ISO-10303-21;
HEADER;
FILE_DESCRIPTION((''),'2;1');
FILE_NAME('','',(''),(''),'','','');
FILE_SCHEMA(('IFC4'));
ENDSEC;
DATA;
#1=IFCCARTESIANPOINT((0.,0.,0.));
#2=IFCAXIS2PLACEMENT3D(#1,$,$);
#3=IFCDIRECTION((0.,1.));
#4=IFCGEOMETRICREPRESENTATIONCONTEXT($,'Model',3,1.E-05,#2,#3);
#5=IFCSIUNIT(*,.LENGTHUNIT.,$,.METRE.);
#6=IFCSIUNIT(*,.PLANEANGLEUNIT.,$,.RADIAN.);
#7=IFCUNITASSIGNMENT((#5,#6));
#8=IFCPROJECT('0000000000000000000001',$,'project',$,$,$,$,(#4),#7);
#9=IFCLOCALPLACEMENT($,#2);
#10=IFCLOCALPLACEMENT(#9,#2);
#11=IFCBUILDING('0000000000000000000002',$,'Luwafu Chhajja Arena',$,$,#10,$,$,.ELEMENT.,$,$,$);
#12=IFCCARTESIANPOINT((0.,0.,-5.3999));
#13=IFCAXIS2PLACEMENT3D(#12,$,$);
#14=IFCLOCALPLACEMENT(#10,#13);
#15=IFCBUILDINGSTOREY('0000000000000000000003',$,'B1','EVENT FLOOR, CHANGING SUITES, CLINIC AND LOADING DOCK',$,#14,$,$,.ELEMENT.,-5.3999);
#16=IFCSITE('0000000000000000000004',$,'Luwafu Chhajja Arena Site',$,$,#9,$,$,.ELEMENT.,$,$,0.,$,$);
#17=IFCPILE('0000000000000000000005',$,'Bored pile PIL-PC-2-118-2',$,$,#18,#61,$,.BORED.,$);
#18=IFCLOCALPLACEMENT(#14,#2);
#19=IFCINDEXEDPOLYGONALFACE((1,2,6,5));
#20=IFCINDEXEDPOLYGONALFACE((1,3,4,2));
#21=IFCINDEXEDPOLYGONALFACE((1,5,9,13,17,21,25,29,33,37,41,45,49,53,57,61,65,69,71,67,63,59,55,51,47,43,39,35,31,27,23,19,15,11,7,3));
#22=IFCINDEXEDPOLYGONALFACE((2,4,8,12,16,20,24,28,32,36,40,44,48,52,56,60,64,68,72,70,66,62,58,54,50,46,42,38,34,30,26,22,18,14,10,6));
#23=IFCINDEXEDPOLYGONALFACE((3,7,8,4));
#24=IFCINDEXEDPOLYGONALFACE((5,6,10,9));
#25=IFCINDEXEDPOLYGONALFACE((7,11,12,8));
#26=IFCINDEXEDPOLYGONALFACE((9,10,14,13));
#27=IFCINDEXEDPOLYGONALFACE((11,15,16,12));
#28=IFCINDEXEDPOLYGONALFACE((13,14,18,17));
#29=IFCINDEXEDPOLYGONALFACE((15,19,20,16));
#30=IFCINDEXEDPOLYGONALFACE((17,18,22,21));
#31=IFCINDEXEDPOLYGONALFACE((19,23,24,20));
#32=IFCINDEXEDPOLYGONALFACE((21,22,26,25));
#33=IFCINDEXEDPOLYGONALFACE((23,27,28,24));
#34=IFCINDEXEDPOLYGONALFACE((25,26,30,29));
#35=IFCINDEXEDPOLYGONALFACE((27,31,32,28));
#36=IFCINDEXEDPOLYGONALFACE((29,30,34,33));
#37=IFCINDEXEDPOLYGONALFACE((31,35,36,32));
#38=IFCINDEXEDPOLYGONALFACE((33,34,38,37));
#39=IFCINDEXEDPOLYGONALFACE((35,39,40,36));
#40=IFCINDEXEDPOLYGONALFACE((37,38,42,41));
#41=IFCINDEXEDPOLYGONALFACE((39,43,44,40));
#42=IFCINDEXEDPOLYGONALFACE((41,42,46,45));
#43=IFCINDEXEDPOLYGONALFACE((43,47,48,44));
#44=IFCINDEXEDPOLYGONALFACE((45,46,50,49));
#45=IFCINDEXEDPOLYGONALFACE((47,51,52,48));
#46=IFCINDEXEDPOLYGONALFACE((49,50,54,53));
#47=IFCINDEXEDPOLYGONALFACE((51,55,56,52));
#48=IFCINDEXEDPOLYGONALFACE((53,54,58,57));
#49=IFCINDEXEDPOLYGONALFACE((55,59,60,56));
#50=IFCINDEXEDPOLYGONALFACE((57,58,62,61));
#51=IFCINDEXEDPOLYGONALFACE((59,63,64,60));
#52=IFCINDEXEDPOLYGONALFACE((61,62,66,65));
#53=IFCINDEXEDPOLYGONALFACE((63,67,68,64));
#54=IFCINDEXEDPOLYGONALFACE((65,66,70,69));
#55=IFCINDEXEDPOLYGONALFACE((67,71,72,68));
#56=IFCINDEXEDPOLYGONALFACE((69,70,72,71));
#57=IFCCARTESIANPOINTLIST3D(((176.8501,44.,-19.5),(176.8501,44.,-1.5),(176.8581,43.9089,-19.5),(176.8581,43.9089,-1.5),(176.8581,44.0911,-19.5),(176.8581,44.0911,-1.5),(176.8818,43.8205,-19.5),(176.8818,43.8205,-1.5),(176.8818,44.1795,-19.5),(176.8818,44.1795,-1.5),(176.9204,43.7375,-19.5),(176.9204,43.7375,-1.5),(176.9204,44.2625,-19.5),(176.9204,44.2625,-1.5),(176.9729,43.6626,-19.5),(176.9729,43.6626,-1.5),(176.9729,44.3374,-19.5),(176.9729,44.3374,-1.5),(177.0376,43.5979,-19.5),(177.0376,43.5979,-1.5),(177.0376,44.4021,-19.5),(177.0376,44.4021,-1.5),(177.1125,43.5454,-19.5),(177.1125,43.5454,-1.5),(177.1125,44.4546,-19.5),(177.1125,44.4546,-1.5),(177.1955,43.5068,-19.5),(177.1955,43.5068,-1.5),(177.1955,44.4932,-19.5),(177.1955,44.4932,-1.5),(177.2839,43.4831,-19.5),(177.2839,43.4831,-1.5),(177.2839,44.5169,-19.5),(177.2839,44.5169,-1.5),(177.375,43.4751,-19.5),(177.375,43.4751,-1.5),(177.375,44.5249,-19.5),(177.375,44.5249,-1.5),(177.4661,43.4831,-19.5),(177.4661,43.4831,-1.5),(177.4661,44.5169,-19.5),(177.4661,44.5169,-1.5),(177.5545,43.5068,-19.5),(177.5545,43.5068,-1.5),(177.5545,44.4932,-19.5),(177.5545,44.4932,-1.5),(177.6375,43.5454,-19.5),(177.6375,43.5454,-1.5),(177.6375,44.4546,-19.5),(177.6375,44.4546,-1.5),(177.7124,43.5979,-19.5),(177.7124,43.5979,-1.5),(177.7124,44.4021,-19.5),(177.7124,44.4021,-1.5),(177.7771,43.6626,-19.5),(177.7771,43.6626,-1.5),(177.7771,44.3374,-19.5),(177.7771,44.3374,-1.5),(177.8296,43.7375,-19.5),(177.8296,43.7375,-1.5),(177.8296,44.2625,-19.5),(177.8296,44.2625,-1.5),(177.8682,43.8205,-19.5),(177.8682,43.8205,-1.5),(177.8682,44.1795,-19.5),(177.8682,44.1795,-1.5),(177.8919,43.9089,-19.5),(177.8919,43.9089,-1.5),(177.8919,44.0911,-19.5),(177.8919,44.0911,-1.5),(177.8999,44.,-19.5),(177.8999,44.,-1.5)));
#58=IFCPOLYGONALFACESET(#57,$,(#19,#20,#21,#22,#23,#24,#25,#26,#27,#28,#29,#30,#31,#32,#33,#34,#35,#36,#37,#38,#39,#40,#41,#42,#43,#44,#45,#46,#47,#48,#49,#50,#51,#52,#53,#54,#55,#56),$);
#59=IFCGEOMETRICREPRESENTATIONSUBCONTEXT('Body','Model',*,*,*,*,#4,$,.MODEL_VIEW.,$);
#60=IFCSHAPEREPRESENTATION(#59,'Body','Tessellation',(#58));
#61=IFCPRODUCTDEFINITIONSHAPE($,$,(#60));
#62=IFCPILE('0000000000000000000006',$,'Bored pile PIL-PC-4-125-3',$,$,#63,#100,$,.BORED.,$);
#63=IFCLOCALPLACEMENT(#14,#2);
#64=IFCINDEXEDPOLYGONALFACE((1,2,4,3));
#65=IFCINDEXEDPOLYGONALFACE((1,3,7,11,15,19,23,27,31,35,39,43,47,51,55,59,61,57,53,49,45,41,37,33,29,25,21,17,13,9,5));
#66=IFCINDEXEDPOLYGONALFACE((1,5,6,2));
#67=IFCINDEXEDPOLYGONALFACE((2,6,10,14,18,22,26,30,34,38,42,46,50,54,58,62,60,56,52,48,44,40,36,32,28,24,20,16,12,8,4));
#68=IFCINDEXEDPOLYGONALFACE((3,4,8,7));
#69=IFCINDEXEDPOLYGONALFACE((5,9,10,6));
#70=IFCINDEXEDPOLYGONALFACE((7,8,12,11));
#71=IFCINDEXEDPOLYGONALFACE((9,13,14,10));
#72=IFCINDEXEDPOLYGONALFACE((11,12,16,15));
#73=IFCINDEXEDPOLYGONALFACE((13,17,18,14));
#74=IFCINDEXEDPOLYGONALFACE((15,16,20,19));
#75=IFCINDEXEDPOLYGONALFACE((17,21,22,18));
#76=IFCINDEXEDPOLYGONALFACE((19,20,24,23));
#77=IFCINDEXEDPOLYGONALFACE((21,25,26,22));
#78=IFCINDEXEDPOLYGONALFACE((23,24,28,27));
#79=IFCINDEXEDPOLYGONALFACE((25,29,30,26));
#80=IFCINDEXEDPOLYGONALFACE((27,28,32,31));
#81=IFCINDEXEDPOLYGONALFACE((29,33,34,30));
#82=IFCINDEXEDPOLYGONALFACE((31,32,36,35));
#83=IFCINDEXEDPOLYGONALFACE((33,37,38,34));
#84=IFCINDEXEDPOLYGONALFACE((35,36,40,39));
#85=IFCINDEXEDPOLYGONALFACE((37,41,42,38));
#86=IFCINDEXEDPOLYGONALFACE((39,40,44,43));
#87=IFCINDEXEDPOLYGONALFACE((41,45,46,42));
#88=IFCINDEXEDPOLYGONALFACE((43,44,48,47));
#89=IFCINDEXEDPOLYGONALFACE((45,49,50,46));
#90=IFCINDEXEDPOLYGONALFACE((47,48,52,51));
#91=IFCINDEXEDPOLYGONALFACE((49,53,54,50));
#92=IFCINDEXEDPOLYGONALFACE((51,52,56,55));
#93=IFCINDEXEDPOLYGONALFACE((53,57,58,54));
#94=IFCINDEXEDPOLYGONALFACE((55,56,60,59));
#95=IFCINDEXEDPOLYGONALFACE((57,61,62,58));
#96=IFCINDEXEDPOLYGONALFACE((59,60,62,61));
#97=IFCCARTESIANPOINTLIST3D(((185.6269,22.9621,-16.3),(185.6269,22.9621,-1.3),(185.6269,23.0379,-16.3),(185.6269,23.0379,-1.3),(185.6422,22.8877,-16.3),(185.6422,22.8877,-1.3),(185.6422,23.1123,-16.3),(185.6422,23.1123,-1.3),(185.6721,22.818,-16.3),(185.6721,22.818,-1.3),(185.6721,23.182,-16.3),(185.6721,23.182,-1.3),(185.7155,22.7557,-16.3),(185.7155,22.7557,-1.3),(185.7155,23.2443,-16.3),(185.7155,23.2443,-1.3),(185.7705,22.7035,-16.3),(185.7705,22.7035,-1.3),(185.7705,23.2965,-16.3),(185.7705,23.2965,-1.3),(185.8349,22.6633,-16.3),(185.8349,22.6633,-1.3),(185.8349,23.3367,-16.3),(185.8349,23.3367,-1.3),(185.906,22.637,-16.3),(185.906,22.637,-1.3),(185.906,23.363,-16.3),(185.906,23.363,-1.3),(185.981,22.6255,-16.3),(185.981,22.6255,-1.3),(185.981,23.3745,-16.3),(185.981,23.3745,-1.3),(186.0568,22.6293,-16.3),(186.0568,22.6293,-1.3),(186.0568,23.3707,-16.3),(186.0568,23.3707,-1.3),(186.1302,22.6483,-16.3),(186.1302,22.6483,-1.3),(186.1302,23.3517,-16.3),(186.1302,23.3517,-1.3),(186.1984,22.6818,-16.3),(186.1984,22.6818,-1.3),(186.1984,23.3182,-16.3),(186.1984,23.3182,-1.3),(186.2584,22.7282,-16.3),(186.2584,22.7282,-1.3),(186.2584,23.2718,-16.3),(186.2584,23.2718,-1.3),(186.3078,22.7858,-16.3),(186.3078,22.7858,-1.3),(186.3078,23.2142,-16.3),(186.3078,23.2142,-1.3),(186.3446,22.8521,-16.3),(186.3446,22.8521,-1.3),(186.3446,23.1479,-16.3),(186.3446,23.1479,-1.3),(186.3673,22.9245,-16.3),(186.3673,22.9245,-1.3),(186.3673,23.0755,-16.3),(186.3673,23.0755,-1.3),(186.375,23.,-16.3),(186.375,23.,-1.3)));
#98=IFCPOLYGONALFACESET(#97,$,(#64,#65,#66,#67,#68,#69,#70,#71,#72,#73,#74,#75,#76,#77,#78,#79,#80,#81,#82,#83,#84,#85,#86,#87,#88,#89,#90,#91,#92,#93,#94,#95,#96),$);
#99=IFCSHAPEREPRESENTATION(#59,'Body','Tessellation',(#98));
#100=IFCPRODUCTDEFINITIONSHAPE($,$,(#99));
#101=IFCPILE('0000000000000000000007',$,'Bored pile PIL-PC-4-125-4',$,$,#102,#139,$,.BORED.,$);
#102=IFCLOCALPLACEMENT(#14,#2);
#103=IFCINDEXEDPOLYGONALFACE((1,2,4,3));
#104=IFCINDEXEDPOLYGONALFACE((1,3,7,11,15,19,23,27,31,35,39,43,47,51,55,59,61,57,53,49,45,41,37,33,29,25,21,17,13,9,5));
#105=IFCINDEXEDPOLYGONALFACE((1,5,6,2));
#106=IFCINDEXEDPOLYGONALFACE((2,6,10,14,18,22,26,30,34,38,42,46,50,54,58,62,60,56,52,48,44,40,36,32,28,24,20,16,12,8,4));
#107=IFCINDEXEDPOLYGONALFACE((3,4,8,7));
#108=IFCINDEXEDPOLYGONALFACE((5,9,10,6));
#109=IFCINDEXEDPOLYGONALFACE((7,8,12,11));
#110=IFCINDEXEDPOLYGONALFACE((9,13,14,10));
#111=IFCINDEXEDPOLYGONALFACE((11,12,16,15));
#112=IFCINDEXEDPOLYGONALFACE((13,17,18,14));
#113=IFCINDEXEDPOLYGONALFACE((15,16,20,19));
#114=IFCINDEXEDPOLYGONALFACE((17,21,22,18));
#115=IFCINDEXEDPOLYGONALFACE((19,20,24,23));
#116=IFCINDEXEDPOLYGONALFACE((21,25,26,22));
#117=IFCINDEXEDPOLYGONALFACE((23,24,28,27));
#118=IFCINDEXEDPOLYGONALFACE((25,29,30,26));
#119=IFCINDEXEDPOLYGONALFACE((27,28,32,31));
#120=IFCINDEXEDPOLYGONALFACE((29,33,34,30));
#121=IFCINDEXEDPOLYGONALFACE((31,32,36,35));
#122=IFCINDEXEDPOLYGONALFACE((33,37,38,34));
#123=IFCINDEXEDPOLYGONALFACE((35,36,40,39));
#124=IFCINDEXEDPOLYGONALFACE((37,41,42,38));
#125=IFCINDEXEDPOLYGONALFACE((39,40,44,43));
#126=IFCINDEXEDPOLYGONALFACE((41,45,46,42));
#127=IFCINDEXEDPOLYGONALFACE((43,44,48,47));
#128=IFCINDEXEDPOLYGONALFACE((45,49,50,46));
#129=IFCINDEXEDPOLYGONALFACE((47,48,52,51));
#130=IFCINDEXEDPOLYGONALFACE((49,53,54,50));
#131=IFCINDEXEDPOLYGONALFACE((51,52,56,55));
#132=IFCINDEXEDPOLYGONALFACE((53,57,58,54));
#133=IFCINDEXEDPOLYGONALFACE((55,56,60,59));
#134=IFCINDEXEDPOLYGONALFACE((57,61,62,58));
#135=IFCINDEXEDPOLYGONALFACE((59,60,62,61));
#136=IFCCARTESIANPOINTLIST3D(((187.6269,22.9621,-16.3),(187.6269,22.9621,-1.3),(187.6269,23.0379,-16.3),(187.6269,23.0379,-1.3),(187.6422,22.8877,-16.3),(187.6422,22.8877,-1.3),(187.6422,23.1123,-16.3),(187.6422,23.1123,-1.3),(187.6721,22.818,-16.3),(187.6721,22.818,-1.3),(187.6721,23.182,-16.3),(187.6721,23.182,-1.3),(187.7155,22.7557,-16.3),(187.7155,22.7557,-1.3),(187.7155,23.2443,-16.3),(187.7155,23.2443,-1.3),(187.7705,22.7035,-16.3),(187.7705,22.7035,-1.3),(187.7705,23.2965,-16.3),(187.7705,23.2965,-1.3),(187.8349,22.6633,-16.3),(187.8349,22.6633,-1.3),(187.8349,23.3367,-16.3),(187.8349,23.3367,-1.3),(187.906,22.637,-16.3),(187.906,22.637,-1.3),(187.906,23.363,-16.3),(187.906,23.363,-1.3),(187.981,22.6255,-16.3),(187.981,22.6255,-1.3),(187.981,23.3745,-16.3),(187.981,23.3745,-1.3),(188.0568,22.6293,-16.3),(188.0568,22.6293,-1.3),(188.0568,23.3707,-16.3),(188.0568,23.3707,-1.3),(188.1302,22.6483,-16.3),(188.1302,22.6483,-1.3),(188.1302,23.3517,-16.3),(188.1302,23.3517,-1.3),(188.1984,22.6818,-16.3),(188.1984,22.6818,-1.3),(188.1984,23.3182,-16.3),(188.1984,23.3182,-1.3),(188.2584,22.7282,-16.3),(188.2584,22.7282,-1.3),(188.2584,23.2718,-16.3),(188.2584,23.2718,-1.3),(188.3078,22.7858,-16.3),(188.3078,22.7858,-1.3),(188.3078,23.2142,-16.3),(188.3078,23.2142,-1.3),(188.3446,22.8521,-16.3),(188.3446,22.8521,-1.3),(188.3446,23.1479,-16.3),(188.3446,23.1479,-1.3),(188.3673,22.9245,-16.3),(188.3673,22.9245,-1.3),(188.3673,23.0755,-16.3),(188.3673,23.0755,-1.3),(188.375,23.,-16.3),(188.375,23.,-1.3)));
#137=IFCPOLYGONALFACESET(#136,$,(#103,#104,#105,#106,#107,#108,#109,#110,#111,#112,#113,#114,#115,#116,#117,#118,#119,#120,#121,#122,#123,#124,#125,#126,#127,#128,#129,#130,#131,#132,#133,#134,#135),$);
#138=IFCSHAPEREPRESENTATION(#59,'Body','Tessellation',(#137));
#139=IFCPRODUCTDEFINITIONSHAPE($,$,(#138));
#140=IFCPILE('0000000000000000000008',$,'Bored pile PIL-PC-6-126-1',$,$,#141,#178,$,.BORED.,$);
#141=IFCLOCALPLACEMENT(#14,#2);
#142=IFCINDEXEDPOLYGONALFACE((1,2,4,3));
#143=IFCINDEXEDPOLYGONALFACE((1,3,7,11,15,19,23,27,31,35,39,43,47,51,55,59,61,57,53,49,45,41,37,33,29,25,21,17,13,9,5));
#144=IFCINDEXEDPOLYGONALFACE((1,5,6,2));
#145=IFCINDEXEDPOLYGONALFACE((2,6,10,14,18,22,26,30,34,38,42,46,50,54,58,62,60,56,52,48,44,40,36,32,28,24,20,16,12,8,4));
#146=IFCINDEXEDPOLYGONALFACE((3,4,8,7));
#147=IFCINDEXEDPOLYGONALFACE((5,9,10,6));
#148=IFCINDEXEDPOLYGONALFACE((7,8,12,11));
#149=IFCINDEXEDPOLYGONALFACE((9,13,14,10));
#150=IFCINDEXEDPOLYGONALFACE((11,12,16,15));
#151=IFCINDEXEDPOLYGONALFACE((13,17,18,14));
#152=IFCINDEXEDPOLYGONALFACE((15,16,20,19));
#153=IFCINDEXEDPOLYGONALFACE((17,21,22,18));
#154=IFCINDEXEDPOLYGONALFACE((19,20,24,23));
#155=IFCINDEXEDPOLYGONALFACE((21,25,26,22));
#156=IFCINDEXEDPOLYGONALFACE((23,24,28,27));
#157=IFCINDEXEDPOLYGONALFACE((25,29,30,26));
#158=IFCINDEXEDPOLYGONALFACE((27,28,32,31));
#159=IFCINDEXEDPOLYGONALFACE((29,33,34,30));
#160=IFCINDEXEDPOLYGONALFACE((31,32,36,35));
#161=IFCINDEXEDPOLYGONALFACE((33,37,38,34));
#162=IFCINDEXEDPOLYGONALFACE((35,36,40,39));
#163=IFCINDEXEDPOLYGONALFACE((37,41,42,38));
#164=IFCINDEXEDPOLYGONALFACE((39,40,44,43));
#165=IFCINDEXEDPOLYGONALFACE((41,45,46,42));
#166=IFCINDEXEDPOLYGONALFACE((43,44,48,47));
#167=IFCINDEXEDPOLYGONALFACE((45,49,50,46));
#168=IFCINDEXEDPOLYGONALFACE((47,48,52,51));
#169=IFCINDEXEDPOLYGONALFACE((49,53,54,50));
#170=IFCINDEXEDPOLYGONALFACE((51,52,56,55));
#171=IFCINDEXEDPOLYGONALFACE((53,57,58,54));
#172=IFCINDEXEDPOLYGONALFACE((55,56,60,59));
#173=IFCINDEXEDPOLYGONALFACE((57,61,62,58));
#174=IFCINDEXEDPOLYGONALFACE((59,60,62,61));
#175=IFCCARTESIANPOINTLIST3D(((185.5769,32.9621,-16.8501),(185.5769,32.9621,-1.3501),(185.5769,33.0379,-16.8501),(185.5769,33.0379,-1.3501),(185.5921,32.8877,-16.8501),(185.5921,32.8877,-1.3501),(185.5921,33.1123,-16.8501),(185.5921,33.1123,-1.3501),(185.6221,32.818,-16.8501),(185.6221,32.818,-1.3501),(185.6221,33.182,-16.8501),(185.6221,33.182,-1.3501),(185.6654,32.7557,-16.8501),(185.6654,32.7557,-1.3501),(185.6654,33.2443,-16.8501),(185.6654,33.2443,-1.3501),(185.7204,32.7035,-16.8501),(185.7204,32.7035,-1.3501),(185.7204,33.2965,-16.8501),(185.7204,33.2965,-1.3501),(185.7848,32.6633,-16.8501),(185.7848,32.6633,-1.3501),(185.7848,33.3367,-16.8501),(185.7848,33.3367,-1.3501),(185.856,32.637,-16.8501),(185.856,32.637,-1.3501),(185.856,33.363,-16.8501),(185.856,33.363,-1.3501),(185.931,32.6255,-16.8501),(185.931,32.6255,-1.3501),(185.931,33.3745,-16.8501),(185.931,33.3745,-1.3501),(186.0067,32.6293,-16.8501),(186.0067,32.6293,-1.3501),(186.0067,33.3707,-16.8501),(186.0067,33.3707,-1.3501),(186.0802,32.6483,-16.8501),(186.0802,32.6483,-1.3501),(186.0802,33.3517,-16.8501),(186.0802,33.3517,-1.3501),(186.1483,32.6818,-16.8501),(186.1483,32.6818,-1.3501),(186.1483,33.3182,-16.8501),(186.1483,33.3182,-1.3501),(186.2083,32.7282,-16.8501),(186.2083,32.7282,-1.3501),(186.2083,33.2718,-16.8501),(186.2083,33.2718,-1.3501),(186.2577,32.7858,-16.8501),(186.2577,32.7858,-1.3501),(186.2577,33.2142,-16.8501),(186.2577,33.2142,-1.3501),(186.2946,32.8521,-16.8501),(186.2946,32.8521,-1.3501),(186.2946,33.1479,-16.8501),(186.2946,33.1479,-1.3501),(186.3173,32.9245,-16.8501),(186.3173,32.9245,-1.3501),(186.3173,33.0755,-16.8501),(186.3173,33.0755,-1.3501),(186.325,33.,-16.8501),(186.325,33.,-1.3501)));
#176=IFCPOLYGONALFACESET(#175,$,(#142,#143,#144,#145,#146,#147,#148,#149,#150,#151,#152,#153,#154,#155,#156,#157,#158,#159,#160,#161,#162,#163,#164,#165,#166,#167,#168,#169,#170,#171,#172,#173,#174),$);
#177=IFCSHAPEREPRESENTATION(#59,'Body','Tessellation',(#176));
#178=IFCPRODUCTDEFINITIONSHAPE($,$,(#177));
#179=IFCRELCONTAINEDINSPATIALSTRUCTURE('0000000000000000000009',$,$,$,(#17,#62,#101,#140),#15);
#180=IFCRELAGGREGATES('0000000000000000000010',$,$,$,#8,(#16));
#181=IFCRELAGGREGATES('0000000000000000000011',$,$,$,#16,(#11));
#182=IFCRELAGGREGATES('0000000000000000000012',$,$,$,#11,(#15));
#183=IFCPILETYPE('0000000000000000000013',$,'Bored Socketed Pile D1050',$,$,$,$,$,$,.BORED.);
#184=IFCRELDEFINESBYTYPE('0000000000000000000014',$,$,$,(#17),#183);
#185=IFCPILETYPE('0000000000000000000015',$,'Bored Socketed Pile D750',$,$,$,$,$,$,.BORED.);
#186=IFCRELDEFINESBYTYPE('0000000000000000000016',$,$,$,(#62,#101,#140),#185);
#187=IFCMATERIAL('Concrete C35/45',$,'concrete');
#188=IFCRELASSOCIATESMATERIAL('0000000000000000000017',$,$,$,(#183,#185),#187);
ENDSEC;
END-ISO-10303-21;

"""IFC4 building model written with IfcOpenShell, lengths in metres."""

from ifc_helpers import new_model, si_unit, direction, frame, origin, origin_2d, place, context, subcontext, project, spatial, circle, extrude, material, material_profile, profile_set, type_object, element, save


model = new_model("IFC4")

# Units and contexts
model_context = context("Model", 3, precision=1e-05, world=origin(), true_north=direction((0.0, 1.0)))
body_context = subcontext(model_context, "Body", "Model", "MODEL_VIEW")
ifc_project = project(units=[si_unit("LENGTHUNIT", "METRE"), si_unit("PLANEANGLEUNIT", "RADIAN")], contexts=[model_context])

# Site, building, storey
site_placement = place(None, origin())
site = spatial("IfcSite", under=ifc_project, at=site_placement, Name="Luwafu Chhajja Arena Site", CompositionType="ELEMENT", RefElevation=0.0)
building_placement = place(site_placement, origin())
building = spatial("IfcBuilding", under=site, at=building_placement, Name="Luwafu Chhajja Arena", CompositionType="ELEMENT")
storey_placement = place(building_placement, frame((0.0, 0.0, -5.3999)))
storey = spatial("IfcBuildingStorey", under=building, at=storey_placement, Name="B1", Description="EVENT FLOOR, CHANGING SUITES, CLINIC AND LOADING DOCK", CompositionType="ELEMENT", Elevation=-5.3999)

# Piles
ifc_material_1 = material(Name="Concrete C35/45", Category="concrete")
ifc_material_profile_1 = material_profile(ifc_material_1, circle(Radius=0.5249, at=origin_2d()), Name="PILE D1050")
ifc_profile_set_1 = profile_set([ifc_material_profile_1], Name="Concrete C35/45")
pile_type_1 = type_object("IfcPileType", Name="Bored Socketed Pile D1050", PredefinedType="BORED", material=ifc_profile_set_1)
pile_placement = place(storey_placement, frame((177.375, 44.0, -1.5), z_axis=(0.0, 0.0, -1.0), x_axis=(1.0, 0.0, 0.0)))
element("IfcPile", 1, at=pile_placement, inside=storey, type_object=pile_type_1, Name="Bored pile PIL-PC-2-118-2", PredefinedType="BORED", context=body_context, shape_type="SweptSolid", body=[
    extrude(circle(Radius=0.5249, at=origin_2d()), origin(), (0.0, 0.0, 1.0), 18.0),
])
ifc_material_profile_2 = material_profile(ifc_material_1, circle(Radius=0.375, at=origin_2d()), Name="PILE D750")
ifc_profile_set_2 = profile_set([ifc_material_profile_2], Name="Concrete C35/45")
pile_type_2 = type_object("IfcPileType", Name="Bored Socketed Pile D750", PredefinedType="BORED", material=ifc_profile_set_2)
for number, where, z_axis, x_axis, name in (
    (2, (186.0, 23.0, -1.3), (0.0, 0.0, -1.0), (1.0, 0.0, 0.0), "Bored pile PIL-PC-4-125-3"),
    (3, (188.0, 23.0, -1.3), (0.0, 0.0, -1.0), (1.0, 0.0, 0.0), "Bored pile PIL-PC-4-125-4"),
):
    element("IfcPile", number, at=place(storey_placement, frame(where, z_axis=z_axis, x_axis=x_axis)), inside=storey, type_object=pile_type_2, Name=name, PredefinedType="BORED", context=body_context, shape_type="SweptSolid", body=[
        extrude(circle(Radius=0.375, at=origin_2d()), origin(), (0.0, 0.0, 1.0), 15.0),
    ])
for number, where, z_axis, x_axis, name in (
    (4, (185.95, 33.0, -1.3501), (0.0, 0.0, -1.0), (1.0, 0.0, 0.0), "Bored pile PIL-PC-6-126-1"),
):
    element("IfcPile", number, at=place(storey_placement, frame(where, z_axis=z_axis, x_axis=x_axis)), inside=storey, type_object=pile_type_2, Name=name, PredefinedType="BORED", context=body_context, shape_type="SweptSolid", body=[
        extrude(circle(Radius=0.375, at=origin_2d()), origin(), (0.0, 0.0, 1.0), 15.5),
    ])

save(model, "model.ifc")
